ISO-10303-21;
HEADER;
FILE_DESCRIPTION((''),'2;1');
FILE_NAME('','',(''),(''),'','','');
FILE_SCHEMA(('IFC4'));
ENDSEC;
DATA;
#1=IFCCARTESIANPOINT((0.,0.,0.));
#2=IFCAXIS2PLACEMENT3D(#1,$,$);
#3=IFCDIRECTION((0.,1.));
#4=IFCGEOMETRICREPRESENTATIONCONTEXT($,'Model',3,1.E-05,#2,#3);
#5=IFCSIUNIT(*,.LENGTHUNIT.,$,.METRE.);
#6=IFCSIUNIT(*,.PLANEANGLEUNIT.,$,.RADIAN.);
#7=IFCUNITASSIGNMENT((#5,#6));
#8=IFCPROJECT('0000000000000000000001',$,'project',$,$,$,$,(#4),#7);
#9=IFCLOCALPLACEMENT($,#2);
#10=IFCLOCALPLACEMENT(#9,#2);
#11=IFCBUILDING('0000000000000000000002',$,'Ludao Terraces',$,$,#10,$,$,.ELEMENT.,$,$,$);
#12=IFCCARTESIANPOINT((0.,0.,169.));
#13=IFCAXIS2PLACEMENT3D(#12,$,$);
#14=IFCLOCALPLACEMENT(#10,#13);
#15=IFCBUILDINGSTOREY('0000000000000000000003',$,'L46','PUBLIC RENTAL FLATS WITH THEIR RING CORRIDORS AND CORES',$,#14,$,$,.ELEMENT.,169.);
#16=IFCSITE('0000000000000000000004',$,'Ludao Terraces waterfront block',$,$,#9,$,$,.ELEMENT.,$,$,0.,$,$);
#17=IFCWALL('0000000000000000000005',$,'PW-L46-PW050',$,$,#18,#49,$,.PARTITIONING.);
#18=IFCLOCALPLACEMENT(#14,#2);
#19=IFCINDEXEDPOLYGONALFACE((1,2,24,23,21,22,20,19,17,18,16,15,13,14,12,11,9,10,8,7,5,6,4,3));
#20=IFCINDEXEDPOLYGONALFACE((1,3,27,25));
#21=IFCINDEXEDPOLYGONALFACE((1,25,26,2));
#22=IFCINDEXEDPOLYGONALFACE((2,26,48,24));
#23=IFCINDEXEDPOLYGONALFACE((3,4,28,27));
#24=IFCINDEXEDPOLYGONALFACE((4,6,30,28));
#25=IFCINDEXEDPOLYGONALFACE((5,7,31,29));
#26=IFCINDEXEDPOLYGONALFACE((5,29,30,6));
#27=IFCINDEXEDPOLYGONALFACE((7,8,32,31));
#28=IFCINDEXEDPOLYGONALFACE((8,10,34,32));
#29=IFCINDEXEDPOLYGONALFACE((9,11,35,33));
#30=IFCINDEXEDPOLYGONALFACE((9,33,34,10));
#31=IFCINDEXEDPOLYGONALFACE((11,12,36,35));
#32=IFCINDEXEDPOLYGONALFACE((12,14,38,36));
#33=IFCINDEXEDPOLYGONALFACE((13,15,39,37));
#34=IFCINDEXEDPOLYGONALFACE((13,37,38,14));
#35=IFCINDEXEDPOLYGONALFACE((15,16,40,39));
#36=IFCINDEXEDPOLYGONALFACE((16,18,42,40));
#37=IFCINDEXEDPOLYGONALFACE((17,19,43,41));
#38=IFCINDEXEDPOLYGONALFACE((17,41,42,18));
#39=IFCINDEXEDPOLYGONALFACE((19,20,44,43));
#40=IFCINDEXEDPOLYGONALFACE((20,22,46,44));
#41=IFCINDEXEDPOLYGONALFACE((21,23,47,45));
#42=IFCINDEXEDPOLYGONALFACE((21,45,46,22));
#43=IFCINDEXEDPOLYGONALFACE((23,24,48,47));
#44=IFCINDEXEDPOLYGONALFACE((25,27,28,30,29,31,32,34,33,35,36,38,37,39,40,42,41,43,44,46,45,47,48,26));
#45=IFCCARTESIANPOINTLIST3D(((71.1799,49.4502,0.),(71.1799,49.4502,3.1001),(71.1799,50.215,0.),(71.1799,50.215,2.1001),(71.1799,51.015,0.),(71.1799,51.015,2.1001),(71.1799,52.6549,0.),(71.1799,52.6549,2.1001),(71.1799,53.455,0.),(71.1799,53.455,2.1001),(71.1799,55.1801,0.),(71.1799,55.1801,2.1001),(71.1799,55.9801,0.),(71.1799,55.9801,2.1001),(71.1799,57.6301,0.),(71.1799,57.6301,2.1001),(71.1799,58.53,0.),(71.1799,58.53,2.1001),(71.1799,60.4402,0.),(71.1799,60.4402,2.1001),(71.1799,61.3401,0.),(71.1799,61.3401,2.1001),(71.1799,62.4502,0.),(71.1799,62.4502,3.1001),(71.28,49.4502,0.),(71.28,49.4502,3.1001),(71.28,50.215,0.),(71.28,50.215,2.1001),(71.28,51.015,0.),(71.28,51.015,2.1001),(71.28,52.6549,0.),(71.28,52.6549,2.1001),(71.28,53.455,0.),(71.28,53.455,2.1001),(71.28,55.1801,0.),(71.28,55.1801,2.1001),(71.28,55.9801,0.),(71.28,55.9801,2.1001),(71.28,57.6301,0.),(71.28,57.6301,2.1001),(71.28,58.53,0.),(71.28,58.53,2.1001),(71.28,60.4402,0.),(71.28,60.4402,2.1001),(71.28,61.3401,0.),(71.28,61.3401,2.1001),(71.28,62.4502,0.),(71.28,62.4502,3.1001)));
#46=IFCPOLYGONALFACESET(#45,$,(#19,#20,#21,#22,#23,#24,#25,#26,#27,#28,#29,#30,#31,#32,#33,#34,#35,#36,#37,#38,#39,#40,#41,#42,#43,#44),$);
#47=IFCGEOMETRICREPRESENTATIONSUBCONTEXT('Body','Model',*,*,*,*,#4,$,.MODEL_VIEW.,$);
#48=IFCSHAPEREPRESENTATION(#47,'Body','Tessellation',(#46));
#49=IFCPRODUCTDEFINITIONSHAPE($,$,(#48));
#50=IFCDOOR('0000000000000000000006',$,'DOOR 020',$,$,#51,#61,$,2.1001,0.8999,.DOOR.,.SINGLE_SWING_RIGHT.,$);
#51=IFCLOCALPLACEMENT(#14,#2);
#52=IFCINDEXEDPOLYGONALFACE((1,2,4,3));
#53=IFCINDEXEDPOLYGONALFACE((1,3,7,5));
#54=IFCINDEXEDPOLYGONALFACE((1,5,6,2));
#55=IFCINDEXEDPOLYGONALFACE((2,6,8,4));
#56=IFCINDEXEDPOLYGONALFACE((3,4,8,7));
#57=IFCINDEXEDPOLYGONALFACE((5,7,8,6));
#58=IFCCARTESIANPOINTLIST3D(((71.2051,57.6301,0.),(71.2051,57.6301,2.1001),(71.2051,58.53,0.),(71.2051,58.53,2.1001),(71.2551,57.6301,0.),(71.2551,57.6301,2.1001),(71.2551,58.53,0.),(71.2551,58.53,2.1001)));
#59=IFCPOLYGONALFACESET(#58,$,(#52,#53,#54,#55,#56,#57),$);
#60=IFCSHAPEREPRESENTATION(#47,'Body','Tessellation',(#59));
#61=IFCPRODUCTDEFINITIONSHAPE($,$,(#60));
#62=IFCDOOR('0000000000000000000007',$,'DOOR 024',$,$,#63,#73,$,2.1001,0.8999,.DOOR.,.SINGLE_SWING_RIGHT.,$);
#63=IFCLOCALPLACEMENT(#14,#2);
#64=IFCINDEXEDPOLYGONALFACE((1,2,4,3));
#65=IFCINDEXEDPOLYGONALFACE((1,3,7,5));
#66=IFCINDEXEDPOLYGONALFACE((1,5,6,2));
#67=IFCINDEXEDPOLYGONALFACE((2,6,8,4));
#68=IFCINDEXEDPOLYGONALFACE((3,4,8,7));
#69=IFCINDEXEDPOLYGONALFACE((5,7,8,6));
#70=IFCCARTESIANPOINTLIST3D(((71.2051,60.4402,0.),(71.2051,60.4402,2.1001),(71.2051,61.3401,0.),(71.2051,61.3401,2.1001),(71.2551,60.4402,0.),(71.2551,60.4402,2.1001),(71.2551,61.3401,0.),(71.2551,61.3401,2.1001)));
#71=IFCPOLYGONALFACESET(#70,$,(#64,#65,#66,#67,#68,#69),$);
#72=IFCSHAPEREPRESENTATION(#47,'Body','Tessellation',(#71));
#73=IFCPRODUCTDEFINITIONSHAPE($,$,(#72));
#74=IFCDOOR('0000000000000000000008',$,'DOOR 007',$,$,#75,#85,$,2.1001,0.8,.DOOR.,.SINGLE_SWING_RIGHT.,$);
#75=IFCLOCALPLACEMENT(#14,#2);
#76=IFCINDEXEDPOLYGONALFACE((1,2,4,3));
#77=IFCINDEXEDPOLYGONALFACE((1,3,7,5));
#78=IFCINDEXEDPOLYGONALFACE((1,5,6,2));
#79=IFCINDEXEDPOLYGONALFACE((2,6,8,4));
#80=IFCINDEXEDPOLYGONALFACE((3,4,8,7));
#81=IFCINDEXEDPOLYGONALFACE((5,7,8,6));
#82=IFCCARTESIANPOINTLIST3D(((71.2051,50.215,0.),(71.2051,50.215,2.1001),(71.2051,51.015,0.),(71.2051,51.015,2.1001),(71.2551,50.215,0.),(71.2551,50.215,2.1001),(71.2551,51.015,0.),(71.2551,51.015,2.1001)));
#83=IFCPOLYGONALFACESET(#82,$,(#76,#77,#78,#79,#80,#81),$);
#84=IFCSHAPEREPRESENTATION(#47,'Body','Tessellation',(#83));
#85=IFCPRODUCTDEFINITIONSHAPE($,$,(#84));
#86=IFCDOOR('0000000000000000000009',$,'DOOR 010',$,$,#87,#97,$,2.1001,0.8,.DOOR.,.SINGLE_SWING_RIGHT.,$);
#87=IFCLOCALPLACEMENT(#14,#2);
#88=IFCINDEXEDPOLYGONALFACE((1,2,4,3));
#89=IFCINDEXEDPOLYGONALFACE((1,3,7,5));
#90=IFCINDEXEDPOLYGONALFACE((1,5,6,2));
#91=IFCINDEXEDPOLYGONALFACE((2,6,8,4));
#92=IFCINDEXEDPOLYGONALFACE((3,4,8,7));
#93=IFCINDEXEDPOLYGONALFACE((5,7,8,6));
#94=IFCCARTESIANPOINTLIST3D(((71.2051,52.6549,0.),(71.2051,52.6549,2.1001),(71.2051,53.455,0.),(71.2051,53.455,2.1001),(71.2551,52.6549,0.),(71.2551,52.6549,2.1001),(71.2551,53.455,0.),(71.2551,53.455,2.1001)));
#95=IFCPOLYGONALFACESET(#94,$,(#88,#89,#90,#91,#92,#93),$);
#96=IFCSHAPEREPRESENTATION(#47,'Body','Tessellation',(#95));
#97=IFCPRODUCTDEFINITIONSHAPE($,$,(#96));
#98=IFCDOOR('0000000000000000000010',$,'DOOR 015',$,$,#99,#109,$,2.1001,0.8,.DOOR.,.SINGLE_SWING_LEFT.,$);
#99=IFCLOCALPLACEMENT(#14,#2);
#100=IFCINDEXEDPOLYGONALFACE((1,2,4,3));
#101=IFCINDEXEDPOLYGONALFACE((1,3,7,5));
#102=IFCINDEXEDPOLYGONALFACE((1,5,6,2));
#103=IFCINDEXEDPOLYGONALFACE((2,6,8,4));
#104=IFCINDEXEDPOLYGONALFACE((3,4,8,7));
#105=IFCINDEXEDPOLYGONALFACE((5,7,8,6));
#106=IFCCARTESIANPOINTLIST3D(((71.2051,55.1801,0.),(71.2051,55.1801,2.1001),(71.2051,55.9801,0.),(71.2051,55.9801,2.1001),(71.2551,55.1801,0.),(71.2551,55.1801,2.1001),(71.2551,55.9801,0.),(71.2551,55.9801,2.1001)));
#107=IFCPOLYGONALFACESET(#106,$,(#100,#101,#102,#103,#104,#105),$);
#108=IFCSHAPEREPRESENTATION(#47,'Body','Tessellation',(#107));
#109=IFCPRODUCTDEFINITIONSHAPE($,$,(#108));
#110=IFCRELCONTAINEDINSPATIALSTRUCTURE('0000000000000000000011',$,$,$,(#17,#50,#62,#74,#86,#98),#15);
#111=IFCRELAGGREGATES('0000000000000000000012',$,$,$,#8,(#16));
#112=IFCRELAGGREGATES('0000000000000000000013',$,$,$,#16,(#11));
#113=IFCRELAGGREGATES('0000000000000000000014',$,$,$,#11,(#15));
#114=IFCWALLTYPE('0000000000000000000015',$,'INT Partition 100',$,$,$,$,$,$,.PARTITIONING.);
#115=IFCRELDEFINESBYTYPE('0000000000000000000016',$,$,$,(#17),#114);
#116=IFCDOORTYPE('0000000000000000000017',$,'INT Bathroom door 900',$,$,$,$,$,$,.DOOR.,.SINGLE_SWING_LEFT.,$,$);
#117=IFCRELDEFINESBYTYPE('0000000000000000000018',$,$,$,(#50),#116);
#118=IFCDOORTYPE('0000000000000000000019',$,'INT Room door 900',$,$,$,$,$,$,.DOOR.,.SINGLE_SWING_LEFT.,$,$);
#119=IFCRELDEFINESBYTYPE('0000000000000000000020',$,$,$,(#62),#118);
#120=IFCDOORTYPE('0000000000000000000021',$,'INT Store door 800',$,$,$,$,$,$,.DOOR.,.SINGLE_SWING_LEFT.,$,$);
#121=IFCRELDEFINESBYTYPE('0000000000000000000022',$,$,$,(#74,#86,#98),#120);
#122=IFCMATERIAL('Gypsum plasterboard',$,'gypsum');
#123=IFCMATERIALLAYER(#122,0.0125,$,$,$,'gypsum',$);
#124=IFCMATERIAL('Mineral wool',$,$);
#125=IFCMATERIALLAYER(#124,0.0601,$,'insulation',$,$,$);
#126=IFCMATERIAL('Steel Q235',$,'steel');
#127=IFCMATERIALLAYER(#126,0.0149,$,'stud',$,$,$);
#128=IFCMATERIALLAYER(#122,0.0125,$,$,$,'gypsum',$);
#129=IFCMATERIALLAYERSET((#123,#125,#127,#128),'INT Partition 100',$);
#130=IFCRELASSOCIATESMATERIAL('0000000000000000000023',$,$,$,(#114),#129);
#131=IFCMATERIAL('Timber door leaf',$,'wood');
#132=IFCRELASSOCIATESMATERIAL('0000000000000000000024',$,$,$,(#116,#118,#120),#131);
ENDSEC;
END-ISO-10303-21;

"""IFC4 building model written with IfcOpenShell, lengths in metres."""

from ifc_helpers import new_model, si_unit, direction, frame, frame_2d, origin, place, context, subcontext, project, spatial, rectangle, extrude, material, layer, layer_set, type_object, element, fill, save


model = new_model("IFC4")

# Units and contexts
model_context = context("Model", 3, precision=1e-05, world=origin(), true_north=direction((0.0, 1.0)))
body_context = subcontext(model_context, "Body", "Model", "MODEL_VIEW")
ifc_project = project(units=[si_unit("LENGTHUNIT", "METRE"), si_unit("PLANEANGLEUNIT", "RADIAN")], contexts=[model_context])

# Site, building, storey
site_placement = place(None, origin())
site = spatial("IfcSite", under=ifc_project, at=site_placement, Name="Ludao Terraces waterfront block", CompositionType="ELEMENT", RefElevation=0.0)
building_placement = place(site_placement, origin())
building = spatial("IfcBuilding", under=site, at=building_placement, Name="Ludao Terraces", CompositionType="ELEMENT")
storey_placement = place(building_placement, frame((0.0, 0.0, 169.0)))
storey = spatial("IfcBuildingStorey", under=building, at=storey_placement, Name="L46", Description="PUBLIC RENTAL FLATS WITH THEIR RING CORRIDORS AND CORES", CompositionType="ELEMENT", Elevation=169.0)

# Shared definitions
ifc_material_1 = material(Name="Timber door leaf", Category="wood")

# Shared definitions
ifc_material_2 = material(Name="Gypsum plasterboard", Category="gypsum")
ifc_layer_1 = layer(ifc_material_2, 0.0125, Category="gypsum")
ifc_material_3 = material(Name="Mineral wool")
ifc_layer_2 = layer(ifc_material_3, 0.0601, Name="insulation")
ifc_material_4 = material(Name="Steel Q235", Category="steel")
ifc_layer_3 = layer(ifc_material_4, 0.0149, Name="stud")
ifc_layer_4 = layer(ifc_material_2, 0.0125, Category="gypsum")
ifc_layer_set_1 = layer_set([ifc_layer_1, ifc_layer_2, ifc_layer_3, ifc_layer_4], Name="INT Partition 100")
wall_type_1 = type_object("IfcWallType", Name="INT Partition 100", PredefinedType="PARTITIONING", material=ifc_layer_set_1)

# Wall, openings, doors
wall_1_placement = place(storey_placement, frame((71.23, 49.4502, 0.0), z_axis=(0.0, 0.0, 1.0), x_axis=(0.0, 1.0, 0.0)))
wall_1 = element("IfcWall", 1, at=wall_1_placement, inside=storey, type_object=wall_type_1, Name="PW-L46-PW050", PredefinedType="PARTITIONING", context=body_context, shape_type="SweptSolid", body=[
    extrude(rectangle(XDim=13.0, YDim=0.1001, at=frame_2d((6.5, 0.0))), origin(), (0.0, 0.0, 1.0), 3.1001),
])
opening_1_placement = place(wall_1_placement, frame((0.7649, 0.0, 0.0)))
opening_1 = element("IfcOpeningElement", 2, at=opening_1_placement, cuts=wall_1, PredefinedType="OPENING", context=body_context, shape_type="SweptSolid", body=[
    extrude(rectangle(XDim=0.8, YDim=2.1001, at=frame_2d((0.3999, 1.05))), frame((0.0, 0.0601, 0.0), z_axis=(0.0, -1.0, 0.0), x_axis=(1.0, 0.0, 0.0)), (0.0, 0.0, 1.0), 0.1201),
])
opening_2_placement = place(wall_1_placement, frame((3.2048, 0.0, 0.0)))
opening_2 = element("IfcOpeningElement", 3, at=opening_2_placement, cuts=wall_1, PredefinedType="OPENING", context=body_context, shape_type="SweptSolid", body=[
    extrude(rectangle(XDim=0.8, YDim=2.1001, at=frame_2d((0.3999, 1.05))), frame((0.0, 0.0601, 0.0), z_axis=(0.0, -1.0, 0.0), x_axis=(1.0, 0.0, 0.0)), (0.0, 0.0, 1.0), 0.1201),
])
opening_3_placement = place(wall_1_placement, frame((5.73, 0.0, 0.0)))
opening_3 = element("IfcOpeningElement", 4, at=opening_3_placement, cuts=wall_1, PredefinedType="OPENING", context=body_context, shape_type="SweptSolid", body=[
    extrude(rectangle(XDim=0.8, YDim=2.1001, at=frame_2d((0.3999, 1.05))), frame((0.0, 0.0601, 0.0), z_axis=(0.0, -1.0, 0.0), x_axis=(1.0, 0.0, 0.0)), (0.0, 0.0, 1.0), 0.1201),
])
opening_4_placement = place(wall_1_placement, frame((8.1799, 0.0, 0.0)))
opening_4 = element("IfcOpeningElement", 5, at=opening_4_placement, cuts=wall_1, PredefinedType="OPENING", context=body_context, shape_type="SweptSolid", body=[
    extrude(rectangle(XDim=0.8999, YDim=2.1001, at=frame_2d((0.45, 1.05))), frame((0.0, 0.0601, 0.0), z_axis=(0.0, -1.0, 0.0), x_axis=(1.0, 0.0, 0.0)), (0.0, 0.0, 1.0), 0.1201),
])
opening_5_placement = place(wall_1_placement, frame((10.99, 0.0, 0.0)))
opening_5 = element("IfcOpeningElement", 6, at=opening_5_placement, cuts=wall_1, PredefinedType="OPENING", context=body_context, shape_type="SweptSolid", body=[
    extrude(rectangle(XDim=0.8999, YDim=2.1001, at=frame_2d((0.45, 1.05))), frame((0.0, 0.0601, 0.0), z_axis=(0.0, -1.0, 0.0), x_axis=(1.0, 0.0, 0.0)), (0.0, 0.0, 1.0), 0.1201),
])
door_type_1 = type_object("IfcDoorType", Name="INT Bathroom door 900", OperationType="SINGLE_SWING_LEFT", PredefinedType="DOOR", material=ifc_material_1)
door_1_placement = place(opening_4_placement, origin())
door_1 = element("IfcDoor", 7, at=door_1_placement, inside=storey, type_object=door_type_1, Name="DOOR 020", OperationType="SINGLE_SWING_RIGHT", OverallHeight=2.1001, OverallWidth=0.8999, PredefinedType="DOOR", context=body_context, shape_type="SweptSolid", body=[
    extrude(rectangle(XDim=0.8999, YDim=2.1001, at=frame_2d((0.45, 1.05))), frame((0.0, 0.0249, 0.0), z_axis=(0.0, -1.0, 0.0), x_axis=(1.0, 0.0, 0.0)), (0.0, 0.0, 1.0), 0.05),
])
fill(opening_4, door_1)
door_type_2 = type_object("IfcDoorType", Name="INT Room door 900", OperationType="SINGLE_SWING_LEFT", PredefinedType="DOOR", material=ifc_material_1)
door_2_placement = place(opening_5_placement, origin())
door_2 = element("IfcDoor", 8, at=door_2_placement, inside=storey, type_object=door_type_2, Name="DOOR 024", OperationType="SINGLE_SWING_RIGHT", OverallHeight=2.1001, OverallWidth=0.8999, PredefinedType="DOOR", context=body_context, shape_type="SweptSolid", body=[
    extrude(rectangle(XDim=0.8999, YDim=2.1001, at=frame_2d((0.45, 1.05))), frame((0.0, 0.0249, 0.0), z_axis=(0.0, -1.0, 0.0), x_axis=(1.0, 0.0, 0.0)), (0.0, 0.0, 1.0), 0.05),
])
fill(opening_5, door_2)
door_type_3 = type_object("IfcDoorType", Name="INT Store door 800", OperationType="SINGLE_SWING_LEFT", PredefinedType="DOOR", material=ifc_material_1)
door_3_placement = place(opening_1_placement, origin())
door_3 = element("IfcDoor", 9, at=door_3_placement, inside=storey, type_object=door_type_3, Name="DOOR 007", OperationType="SINGLE_SWING_RIGHT", OverallHeight=2.1001, OverallWidth=0.8, PredefinedType="DOOR", context=body_context, shape_type="SweptSolid", body=[
    extrude(rectangle(XDim=0.8, YDim=2.1001, at=frame_2d((0.3999, 1.05))), frame((0.0, 0.0249, 0.0), z_axis=(0.0, -1.0, 0.0), x_axis=(1.0, 0.0, 0.0)), (0.0, 0.0, 1.0), 0.05),
])
fill(opening_1, door_3)
door_4_placement = place(opening_2_placement, origin())
door_4 = element("IfcDoor", 10, at=door_4_placement, inside=storey, type_object=door_type_3, Name="DOOR 010", OperationType="SINGLE_SWING_RIGHT", OverallHeight=2.1001, OverallWidth=0.8, PredefinedType="DOOR", context=body_context, shape_type="SweptSolid", body=[
    extrude(rectangle(XDim=0.8, YDim=2.1001, at=frame_2d((0.3999, 1.05))), frame((0.0, 0.0249, 0.0), z_axis=(0.0, -1.0, 0.0), x_axis=(1.0, 0.0, 0.0)), (0.0, 0.0, 1.0), 0.05),
])
fill(opening_2, door_4)
door_5_placement = place(opening_3_placement, origin())
door_5 = element("IfcDoor", 11, at=door_5_placement, inside=storey, type_object=door_type_3, Name="DOOR 015", OperationType="SINGLE_SWING_LEFT", OverallHeight=2.1001, OverallWidth=0.8, PredefinedType="DOOR", context=body_context, shape_type="SweptSolid", body=[
    extrude(rectangle(XDim=0.8, YDim=2.1001, at=frame_2d((0.3999, 1.05))), frame((0.0, 0.0249, 0.0), z_axis=(0.0, -1.0, 0.0), x_axis=(1.0, 0.0, 0.0)), (0.0, 0.0, 1.0), 0.05),
])
fill(opening_3, door_5)

save(model, "model.ifc")
